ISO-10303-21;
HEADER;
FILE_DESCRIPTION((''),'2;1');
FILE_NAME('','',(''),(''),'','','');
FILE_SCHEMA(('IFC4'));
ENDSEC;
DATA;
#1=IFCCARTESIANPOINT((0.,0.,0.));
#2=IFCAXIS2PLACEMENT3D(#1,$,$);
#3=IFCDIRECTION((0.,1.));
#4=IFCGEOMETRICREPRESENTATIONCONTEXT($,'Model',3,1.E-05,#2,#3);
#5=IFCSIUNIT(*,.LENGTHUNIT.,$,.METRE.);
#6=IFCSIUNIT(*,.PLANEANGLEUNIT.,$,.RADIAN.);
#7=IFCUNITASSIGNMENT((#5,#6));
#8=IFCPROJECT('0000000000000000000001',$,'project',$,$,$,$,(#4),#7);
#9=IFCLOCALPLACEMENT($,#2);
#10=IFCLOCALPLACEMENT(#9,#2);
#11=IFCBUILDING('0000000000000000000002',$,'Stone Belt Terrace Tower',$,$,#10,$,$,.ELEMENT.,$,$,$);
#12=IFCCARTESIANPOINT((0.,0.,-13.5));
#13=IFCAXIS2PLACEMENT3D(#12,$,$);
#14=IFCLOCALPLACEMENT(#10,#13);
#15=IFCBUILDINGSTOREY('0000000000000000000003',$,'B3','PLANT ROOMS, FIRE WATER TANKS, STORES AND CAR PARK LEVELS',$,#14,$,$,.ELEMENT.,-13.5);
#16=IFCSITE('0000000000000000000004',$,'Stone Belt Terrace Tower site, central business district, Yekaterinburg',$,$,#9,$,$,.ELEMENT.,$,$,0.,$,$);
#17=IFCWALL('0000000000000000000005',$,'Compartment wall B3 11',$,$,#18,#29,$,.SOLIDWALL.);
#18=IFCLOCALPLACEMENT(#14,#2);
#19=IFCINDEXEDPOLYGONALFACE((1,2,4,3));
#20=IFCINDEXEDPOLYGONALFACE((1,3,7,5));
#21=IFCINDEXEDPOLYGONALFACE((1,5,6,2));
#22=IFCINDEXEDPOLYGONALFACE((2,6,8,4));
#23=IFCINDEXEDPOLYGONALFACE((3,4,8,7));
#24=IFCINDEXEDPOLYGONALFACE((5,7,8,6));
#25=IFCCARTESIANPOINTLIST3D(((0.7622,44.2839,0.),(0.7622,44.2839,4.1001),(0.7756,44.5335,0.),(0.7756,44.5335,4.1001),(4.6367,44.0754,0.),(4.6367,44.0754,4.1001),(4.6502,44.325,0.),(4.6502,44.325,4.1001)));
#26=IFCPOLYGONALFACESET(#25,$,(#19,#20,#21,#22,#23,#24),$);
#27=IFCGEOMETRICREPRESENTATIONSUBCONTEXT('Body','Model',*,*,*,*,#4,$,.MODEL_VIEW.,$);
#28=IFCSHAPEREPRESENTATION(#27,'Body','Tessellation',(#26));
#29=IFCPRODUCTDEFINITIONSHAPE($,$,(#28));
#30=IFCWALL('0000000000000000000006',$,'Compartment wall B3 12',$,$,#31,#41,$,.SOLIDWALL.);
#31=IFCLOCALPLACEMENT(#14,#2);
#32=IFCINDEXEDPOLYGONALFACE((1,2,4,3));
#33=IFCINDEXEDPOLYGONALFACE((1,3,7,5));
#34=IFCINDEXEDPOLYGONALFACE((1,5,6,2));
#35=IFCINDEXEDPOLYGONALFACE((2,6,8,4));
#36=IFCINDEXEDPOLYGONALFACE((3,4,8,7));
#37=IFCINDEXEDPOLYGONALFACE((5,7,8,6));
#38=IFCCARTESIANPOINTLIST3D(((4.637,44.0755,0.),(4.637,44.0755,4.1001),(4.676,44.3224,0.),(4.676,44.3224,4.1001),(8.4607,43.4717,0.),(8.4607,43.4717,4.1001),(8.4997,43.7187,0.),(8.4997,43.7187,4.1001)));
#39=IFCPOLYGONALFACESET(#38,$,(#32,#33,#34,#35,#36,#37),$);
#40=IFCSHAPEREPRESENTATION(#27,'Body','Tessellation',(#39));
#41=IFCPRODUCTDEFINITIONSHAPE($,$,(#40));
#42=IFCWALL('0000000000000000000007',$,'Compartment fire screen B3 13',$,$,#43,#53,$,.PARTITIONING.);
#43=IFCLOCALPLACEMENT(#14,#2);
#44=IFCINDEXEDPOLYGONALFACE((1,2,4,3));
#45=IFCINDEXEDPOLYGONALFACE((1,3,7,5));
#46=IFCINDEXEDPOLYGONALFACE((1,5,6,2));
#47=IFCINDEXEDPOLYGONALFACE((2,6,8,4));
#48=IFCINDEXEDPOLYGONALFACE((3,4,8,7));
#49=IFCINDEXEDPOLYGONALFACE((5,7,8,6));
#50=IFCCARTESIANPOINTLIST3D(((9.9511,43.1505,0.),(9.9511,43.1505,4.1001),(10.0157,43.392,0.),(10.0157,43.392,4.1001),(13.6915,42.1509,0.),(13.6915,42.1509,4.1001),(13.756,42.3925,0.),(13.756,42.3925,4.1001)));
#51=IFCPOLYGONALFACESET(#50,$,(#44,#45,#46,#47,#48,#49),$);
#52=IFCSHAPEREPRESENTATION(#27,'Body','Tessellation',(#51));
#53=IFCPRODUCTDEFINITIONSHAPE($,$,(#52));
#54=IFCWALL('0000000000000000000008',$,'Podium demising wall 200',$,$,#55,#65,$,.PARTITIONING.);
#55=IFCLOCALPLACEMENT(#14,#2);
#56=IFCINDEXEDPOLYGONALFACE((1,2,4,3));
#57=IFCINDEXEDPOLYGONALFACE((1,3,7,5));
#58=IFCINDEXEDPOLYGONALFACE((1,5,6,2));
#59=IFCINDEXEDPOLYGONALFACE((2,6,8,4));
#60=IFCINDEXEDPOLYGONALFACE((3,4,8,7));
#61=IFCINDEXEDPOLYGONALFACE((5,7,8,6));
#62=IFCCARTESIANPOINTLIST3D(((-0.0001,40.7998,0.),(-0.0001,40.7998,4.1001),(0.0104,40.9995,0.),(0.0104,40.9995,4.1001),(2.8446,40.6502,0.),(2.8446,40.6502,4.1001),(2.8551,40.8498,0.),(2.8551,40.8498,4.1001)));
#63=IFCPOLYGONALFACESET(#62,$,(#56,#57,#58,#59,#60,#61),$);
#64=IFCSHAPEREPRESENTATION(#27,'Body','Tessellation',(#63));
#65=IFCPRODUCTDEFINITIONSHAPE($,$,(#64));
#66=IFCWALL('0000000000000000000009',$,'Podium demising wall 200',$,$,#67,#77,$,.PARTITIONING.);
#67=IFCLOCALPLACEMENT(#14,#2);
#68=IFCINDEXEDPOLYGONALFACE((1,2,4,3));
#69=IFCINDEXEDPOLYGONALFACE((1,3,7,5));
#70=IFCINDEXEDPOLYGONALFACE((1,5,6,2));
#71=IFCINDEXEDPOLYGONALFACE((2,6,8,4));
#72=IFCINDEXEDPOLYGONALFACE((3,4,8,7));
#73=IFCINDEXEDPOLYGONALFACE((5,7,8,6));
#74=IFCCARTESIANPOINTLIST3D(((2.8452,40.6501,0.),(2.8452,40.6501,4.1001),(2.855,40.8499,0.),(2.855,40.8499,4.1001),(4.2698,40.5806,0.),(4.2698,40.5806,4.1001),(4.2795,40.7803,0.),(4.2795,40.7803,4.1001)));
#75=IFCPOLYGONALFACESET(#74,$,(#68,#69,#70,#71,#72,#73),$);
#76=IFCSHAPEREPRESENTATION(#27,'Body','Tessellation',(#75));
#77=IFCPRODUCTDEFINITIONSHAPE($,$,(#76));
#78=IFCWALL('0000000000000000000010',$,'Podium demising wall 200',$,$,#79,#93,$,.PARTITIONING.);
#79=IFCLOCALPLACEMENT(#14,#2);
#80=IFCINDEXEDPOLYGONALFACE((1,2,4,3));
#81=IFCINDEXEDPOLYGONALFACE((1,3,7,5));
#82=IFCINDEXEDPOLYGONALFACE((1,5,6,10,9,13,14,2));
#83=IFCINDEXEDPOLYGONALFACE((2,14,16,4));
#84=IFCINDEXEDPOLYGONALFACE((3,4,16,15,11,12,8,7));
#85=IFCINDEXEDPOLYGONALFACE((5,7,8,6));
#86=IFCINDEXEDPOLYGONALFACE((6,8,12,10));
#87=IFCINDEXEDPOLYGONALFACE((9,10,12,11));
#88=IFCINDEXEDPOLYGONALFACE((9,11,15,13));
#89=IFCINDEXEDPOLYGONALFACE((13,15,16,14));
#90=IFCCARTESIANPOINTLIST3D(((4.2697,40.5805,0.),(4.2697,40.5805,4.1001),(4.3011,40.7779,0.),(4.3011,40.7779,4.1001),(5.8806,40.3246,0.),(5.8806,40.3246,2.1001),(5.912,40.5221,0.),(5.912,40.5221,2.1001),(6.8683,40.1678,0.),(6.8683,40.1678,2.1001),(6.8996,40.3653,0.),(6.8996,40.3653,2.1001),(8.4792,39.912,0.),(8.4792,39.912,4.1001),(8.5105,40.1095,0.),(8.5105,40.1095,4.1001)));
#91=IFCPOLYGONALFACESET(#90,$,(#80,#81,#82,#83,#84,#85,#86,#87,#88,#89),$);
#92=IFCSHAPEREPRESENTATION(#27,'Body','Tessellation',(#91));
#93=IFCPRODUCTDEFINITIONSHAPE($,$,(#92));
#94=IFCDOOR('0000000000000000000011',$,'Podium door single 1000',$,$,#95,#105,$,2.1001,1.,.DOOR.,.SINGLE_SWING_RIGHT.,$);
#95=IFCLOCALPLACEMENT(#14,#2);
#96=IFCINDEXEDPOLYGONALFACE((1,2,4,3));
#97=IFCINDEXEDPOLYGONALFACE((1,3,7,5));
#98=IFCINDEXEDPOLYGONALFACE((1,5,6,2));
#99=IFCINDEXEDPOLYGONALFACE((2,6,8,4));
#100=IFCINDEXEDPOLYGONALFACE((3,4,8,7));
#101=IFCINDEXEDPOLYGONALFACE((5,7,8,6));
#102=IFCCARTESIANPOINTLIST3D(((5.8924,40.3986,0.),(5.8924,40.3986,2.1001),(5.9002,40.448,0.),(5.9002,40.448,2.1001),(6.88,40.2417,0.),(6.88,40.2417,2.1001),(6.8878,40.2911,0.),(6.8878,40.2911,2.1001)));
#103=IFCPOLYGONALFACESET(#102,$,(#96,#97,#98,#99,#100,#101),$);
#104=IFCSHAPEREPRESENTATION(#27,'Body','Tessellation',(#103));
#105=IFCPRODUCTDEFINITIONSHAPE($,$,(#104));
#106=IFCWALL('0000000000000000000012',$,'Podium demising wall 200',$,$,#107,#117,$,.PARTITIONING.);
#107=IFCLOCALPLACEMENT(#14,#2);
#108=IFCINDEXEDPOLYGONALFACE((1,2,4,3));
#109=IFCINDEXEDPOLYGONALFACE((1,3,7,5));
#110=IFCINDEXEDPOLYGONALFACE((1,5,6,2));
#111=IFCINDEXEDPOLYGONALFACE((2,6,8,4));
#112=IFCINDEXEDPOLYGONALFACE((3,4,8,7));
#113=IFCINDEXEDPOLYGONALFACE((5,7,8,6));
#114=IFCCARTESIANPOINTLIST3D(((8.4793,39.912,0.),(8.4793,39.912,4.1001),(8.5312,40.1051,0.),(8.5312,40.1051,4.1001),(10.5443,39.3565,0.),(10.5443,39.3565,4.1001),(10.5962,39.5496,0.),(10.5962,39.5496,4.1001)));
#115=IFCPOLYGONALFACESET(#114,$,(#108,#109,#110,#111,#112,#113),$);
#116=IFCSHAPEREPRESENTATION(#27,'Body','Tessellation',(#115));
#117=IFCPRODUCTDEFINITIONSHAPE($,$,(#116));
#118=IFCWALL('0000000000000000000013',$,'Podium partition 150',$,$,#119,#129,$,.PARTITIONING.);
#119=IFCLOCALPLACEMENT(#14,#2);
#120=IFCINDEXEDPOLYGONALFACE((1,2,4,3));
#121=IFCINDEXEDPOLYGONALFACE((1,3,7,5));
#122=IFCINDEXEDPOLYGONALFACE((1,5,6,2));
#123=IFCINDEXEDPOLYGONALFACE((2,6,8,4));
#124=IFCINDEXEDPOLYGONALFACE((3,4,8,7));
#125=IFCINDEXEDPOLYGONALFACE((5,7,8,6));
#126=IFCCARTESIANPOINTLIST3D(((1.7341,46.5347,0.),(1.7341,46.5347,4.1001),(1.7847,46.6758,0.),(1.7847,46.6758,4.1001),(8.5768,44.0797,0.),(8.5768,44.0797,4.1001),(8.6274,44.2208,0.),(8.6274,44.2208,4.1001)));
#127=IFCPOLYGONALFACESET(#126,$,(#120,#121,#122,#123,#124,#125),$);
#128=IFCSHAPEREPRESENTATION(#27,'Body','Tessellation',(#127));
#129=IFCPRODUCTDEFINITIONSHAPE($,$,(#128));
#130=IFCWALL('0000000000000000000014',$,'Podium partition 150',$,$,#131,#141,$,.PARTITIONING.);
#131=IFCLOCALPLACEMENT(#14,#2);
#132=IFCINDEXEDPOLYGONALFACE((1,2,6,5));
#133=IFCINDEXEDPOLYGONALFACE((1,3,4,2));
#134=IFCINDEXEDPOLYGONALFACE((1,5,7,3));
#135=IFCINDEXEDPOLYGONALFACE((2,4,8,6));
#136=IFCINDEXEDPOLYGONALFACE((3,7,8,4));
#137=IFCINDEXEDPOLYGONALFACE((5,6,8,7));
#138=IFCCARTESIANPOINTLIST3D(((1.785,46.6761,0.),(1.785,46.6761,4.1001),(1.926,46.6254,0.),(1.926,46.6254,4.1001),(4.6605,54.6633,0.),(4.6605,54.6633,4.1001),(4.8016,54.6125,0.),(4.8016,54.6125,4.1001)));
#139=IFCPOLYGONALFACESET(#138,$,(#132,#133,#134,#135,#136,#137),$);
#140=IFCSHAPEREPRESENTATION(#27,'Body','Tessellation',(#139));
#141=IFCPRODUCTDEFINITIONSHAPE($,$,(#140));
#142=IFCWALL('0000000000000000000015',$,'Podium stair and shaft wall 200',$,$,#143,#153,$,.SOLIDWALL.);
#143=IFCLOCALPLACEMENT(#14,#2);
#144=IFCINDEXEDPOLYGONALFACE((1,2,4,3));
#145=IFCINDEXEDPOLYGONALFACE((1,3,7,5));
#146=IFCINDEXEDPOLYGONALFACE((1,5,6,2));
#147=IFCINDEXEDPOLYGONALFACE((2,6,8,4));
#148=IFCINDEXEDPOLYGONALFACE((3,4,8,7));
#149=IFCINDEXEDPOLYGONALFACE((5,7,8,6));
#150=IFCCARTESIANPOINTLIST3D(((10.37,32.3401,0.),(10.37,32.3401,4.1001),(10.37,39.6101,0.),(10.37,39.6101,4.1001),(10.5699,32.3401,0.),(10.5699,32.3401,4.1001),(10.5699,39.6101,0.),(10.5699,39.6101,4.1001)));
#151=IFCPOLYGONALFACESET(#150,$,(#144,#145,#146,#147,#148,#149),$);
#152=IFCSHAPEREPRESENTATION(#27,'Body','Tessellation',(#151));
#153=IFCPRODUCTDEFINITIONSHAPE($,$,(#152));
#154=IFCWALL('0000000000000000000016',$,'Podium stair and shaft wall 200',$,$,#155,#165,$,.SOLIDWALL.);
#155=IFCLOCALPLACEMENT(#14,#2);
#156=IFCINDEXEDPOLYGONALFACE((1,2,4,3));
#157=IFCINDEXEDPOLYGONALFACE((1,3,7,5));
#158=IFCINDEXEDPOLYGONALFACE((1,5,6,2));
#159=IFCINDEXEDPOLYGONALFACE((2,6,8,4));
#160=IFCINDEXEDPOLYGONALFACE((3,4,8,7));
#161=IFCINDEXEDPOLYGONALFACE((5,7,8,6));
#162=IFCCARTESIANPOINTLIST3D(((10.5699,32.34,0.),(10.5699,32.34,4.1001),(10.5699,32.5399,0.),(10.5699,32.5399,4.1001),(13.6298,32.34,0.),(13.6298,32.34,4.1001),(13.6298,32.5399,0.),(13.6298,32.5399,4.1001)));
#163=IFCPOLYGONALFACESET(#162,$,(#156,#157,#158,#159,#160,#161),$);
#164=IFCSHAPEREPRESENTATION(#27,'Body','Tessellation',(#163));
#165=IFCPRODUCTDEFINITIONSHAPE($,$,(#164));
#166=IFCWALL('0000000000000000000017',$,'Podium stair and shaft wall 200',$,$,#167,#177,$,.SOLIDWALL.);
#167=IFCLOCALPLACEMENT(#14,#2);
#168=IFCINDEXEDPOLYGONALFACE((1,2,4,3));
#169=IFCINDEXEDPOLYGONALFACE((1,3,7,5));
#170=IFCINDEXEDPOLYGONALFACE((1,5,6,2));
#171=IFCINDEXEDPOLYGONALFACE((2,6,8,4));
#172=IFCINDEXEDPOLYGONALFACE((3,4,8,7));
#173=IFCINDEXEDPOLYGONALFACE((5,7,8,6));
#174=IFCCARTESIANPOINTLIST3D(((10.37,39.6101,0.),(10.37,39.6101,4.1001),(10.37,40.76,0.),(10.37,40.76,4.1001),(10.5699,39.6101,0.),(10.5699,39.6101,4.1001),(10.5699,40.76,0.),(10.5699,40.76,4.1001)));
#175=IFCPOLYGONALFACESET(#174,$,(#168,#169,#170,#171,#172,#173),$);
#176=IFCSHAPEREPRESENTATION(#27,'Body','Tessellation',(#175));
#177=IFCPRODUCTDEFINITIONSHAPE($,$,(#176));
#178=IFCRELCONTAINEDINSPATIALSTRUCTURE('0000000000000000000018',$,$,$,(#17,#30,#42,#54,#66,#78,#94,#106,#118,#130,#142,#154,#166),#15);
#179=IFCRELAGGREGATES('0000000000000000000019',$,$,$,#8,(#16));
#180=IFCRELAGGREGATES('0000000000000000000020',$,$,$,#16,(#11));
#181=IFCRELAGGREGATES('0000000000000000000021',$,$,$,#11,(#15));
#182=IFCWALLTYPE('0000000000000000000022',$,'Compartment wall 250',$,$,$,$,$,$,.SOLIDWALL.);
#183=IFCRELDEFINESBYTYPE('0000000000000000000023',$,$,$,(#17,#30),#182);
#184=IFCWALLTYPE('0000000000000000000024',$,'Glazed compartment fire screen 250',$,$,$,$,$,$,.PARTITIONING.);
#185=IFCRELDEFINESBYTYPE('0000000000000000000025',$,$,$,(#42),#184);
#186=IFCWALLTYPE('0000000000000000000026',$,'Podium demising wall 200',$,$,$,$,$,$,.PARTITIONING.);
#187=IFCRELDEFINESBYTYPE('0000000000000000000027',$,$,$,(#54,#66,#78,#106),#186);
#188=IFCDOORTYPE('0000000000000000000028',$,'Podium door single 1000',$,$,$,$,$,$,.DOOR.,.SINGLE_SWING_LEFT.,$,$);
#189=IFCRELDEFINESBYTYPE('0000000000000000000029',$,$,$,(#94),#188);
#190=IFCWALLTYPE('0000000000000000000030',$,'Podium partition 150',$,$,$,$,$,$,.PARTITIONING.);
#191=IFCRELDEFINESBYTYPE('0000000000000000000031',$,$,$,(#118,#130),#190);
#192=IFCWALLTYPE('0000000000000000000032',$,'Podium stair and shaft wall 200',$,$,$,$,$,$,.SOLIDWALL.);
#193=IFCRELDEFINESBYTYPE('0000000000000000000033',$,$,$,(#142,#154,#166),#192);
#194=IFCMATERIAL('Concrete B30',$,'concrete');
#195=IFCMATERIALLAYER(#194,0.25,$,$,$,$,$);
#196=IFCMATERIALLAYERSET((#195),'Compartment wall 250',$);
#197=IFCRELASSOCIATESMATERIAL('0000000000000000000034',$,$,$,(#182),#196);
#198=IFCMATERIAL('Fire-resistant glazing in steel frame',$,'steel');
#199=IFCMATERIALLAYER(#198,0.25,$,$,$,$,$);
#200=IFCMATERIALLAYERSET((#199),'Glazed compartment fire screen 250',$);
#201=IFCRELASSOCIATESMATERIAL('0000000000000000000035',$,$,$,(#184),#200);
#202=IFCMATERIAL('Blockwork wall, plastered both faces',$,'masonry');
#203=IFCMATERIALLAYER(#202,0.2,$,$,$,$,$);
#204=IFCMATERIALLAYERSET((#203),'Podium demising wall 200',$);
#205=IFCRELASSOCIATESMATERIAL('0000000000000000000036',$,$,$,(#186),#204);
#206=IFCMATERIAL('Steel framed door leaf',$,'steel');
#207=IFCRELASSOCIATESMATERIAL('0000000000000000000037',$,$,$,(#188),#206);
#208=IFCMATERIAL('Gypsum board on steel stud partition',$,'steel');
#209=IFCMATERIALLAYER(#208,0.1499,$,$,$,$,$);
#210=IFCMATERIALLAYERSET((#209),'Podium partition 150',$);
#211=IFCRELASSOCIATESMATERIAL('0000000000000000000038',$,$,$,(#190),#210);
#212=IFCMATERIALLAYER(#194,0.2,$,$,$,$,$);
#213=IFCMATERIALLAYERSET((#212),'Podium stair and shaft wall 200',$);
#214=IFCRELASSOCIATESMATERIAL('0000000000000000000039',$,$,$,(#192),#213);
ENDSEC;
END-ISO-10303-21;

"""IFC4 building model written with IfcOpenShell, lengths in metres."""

from ifc_helpers import new_model, si_unit, direction, frame, frame_2d, origin, place, context, subcontext, project, spatial, rectangle, extrude, material, layer, layer_set, type_object, element, fill, save


model = new_model("IFC4")

# Units and contexts
model_context = context("Model", 3, precision=1e-05, world=origin(), true_north=direction((0.0, 1.0)))
body_context = subcontext(model_context, "Body", "Model", "MODEL_VIEW")
ifc_project = project(units=[si_unit("LENGTHUNIT", "METRE"), si_unit("PLANEANGLEUNIT", "RADIAN")], contexts=[model_context])

# Site, building, storey
site_placement = place(None, origin())
site = spatial("IfcSite", under=ifc_project, at=site_placement, Name="Stone Belt Terrace Tower site, central business district, Yekaterinburg", CompositionType="ELEMENT", RefElevation=0.0)
building_placement = place(site_placement, origin())
building = spatial("IfcBuilding", under=site, at=building_placement, Name="Stone Belt Terrace Tower", CompositionType="ELEMENT")
storey_placement = place(building_placement, frame((0.0, 0.0, -13.5)))
storey = spatial("IfcBuildingStorey", under=building, at=storey_placement, Name="B3", Description="PLANT ROOMS, FIRE WATER TANKS, STORES AND CAR PARK LEVELS", CompositionType="ELEMENT", Elevation=-13.5)

# Walls
ifc_material_1 = material(Name="Concrete B30", Category="concrete")
ifc_layer_1 = layer(ifc_material_1, 0.25)
ifc_layer_set_1 = layer_set([ifc_layer_1], Name="Compartment wall 250")
wall_type_1 = type_object("IfcWallType", Name="Compartment wall 250", PredefinedType="SOLIDWALL", material=ifc_layer_set_1)
wall_1_placement = place(storey_placement, frame((0.769, 44.4087, 0.0), z_axis=(0.0, 0.0, 1.0), x_axis=(0.998555, -0.053734, 0.0)))
element("IfcWall", 1, at=wall_1_placement, inside=storey, type_object=wall_type_1, Name="Compartment wall B3 11", PredefinedType="SOLIDWALL", context=body_context, shape_type="SweptSolid", body=[
    extrude(rectangle(XDim=3.8801, YDim=0.25, at=frame_2d((1.9399, 0.0))), origin(), (0.0, 0.0, 1.0), 4.1001),
])
wall_2_placement = place(storey_placement, frame((4.6565, 44.199, 0.0), z_axis=(0.0, 0.0, 1.0), x_axis=(0.987762, -0.155966, 0.0)))
element("IfcWall", 2, at=wall_2_placement, inside=storey, type_object=wall_type_1, Name="Compartment wall B3 12", PredefinedType="SOLIDWALL", context=body_context, shape_type="SweptSolid", body=[
    extrude(rectangle(XDim=3.8711, YDim=0.25, at=frame_2d((1.9355, 0.0))), origin(), (0.0, 0.0, 1.0), 4.1001),
])
ifc_material_2 = material(Name="Fire-resistant glazing in steel frame", Category="steel")
ifc_layer_2 = layer(ifc_material_2, 0.25)
ifc_layer_set_2 = layer_set([ifc_layer_2], Name="Glazed compartment fire screen 250")
wall_type_2 = type_object("IfcWallType", Name="Glazed compartment fire screen 250", PredefinedType="PARTITIONING", material=ifc_layer_set_2)
wall_3_placement = place(storey_placement, frame((9.9834, 43.2712, 0.0), z_axis=(0.0, 0.0, 1.0), x_axis=(0.966099, -0.258173, 0.0)))
element("IfcWall", 3, at=wall_3_placement, inside=storey, type_object=wall_type_2, Name="Compartment fire screen B3 13", PredefinedType="PARTITIONING", context=body_context, shape_type="SweptSolid", body=[
    extrude(rectangle(XDim=3.8716, YDim=0.25, at=frame_2d((1.9358, 0.0))), origin(), (0.0, 0.0, 1.0), 4.1001),
])
ifc_material_3 = material(Name="Blockwork wall, plastered both faces", Category="masonry")
ifc_layer_3 = layer(ifc_material_3, 0.2)
ifc_layer_set_3 = layer_set([ifc_layer_3], Name="Podium demising wall 200")
wall_type_3 = type_object("IfcWallType", Name="Podium demising wall 200", PredefinedType="PARTITIONING", material=ifc_layer_set_3)
wall_4_placement = place(storey_placement, frame((0.0051, 40.8997, 0.0), z_axis=(0.0, 0.0, 1.0), x_axis=(0.998619, -0.052536, 0.0)))
element("IfcWall", 4, at=wall_4_placement, inside=storey, type_object=wall_type_3, Name="Podium demising wall 200", PredefinedType="PARTITIONING", context=body_context, shape_type="SweptSolid", body=[
    extrude(rectangle(XDim=2.8486, YDim=0.2, at=frame_2d((1.4243, 0.0))), origin(), (0.0, 0.0, 1.0), 4.1001),
])
wall_5_placement = place(storey_placement, frame((2.8501, 40.75, 0.0), z_axis=(0.0, 0.0, 1.0), x_axis=(0.998809, -0.048785, 0.0)))
element("IfcWall", 5, at=wall_5_placement, inside=storey, type_object=wall_type_3, Name="Podium demising wall 200", PredefinedType="PARTITIONING", context=body_context, shape_type="SweptSolid", body=[
    extrude(rectangle(XDim=1.4263, YDim=0.2, at=frame_2d((0.7131, 0.0))), origin(), (0.0, 0.0, 1.0), 4.1001),
])

# Wall, opening, door
wall_6_placement = place(storey_placement, frame((4.2854, 40.6792, 0.0), z_axis=(0.0, 0.0, 1.0), x_axis=(0.987625, -0.156833, 0.0)))
wall_6 = element("IfcWall", 6, at=wall_6_placement, inside=storey, type_object=wall_type_3, Name="Podium demising wall 200", PredefinedType="PARTITIONING", context=body_context, shape_type="SweptSolid", body=[
    extrude(rectangle(XDim=4.2622, YDim=0.2, at=frame_2d((2.1311, 0.0))), origin(), (0.0, 0.0, 1.0), 4.1001),
])
opening_placement = place(wall_6_placement, frame((1.6311, 0.0, 0.0)))
opening = element("IfcOpeningElement", 7, at=opening_placement, cuts=wall_6, PredefinedType="OPENING", context=body_context, shape_type="SweptSolid", body=[
    extrude(rectangle(XDim=1.0, YDim=2.1001, at=frame_2d((0.5, 1.05))), frame((0.0, 0.1099, 0.0), z_axis=(0.0, -1.0, 0.0), x_axis=(1.0, 0.0, 0.0)), (0.0, 0.0, 1.0), 0.22),
])
ifc_material_4 = material(Name="Steel framed door leaf", Category="steel")
door_type = type_object("IfcDoorType", Name="Podium door single 1000", OperationType="SINGLE_SWING_LEFT", PredefinedType="DOOR", material=ifc_material_4)
door_placement = place(opening_placement, origin())
door = element("IfcDoor", 8, at=door_placement, inside=storey, type_object=door_type, Name="Podium door single 1000", OperationType="SINGLE_SWING_RIGHT", OverallHeight=2.1001, OverallWidth=1.0, PredefinedType="DOOR", context=body_context, shape_type="SweptSolid", body=[
    extrude(rectangle(XDim=1.0, YDim=2.1001, at=frame_2d((0.5, 1.05))), frame((0.0, 0.0249, 0.0), z_axis=(0.0, -1.0, 0.0), x_axis=(1.0, 0.0, 0.0)), (0.0, 0.0, 1.0), 0.05),
])
fill(opening, door)

# Walls
wall_7_placement = place(storey_placement, frame((8.5051, 40.0085, 0.0), z_axis=(0.0, 0.0, 1.0), x_axis=(0.965677, -0.259744, 0.0)))
element("IfcWall", 9, at=wall_7_placement, inside=storey, type_object=wall_type_3, Name="Podium demising wall 200", PredefinedType="PARTITIONING", context=body_context, shape_type="SweptSolid", body=[
    extrude(rectangle(XDim=2.1384, YDim=0.2, at=frame_2d((1.0693, 0.0))), origin(), (0.0, 0.0, 1.0), 4.1001),
])
ifc_material_5 = material(Name="Gypsum board on steel stud partition", Category="steel")
ifc_layer_4 = layer(ifc_material_5, 0.1499)
ifc_layer_set_4 = layer_set([ifc_layer_4], Name="Podium partition 150")
wall_type_4 = type_object("IfcWallType", Name="Podium partition 150", PredefinedType="PARTITIONING", material=ifc_layer_set_4)
wall_8_placement = place(storey_placement, frame((1.7595, 46.6052, 0.0), z_axis=(0.0, 0.0, 1.0), x_axis=(0.941252, -0.337706, 0.0)))
element("IfcWall", 10, at=wall_8_placement, inside=storey, type_object=wall_type_4, Name="Podium partition 150", PredefinedType="PARTITIONING", context=body_context, shape_type="SweptSolid", body=[
    extrude(rectangle(XDim=7.2698, YDim=0.1499, at=frame_2d((3.6348, 0.0))), origin(), (0.0, 0.0, 1.0), 4.1001),
])
wall_9_placement = place(storey_placement, frame((1.8555, 46.6506, 0.0), z_axis=(0.0, 0.0, 1.0), x_axis=(0.338735, 0.940882, 0.0)))
element("IfcWall", 11, at=wall_9_placement, inside=storey, type_object=wall_type_4, Name="Podium partition 150", PredefinedType="PARTITIONING", context=body_context, shape_type="SweptSolid", body=[
    extrude(rectangle(XDim=8.489, YDim=0.1499, at=frame_2d((4.2446, 0.0))), origin(), (0.0, 0.0, 1.0), 4.1001),
])
ifc_layer_5 = layer(ifc_material_1, 0.2)
ifc_layer_set_5 = layer_set([ifc_layer_5], Name="Podium stair and shaft wall 200")
wall_type_5 = type_object("IfcWallType", Name="Podium stair and shaft wall 200", PredefinedType="SOLIDWALL", material=ifc_layer_set_5)
wall_10_placement = place(storey_placement, frame((10.47, 32.3401, 0.0), z_axis=(0.0, 0.0, 1.0), x_axis=(0.0, 1.0, 0.0)))
element("IfcWall", 12, at=wall_10_placement, inside=storey, type_object=wall_type_5, Name="Podium stair and shaft wall 200", PredefinedType="SOLIDWALL", context=body_context, shape_type="SweptSolid", body=[
    extrude(rectangle(XDim=7.27, YDim=0.2, at=frame_2d((3.635, 0.0))), origin(), (0.0, 0.0, 1.0), 4.1001),
])
wall_11_placement = place(storey_placement, frame((10.5701, 32.4399, 0.0), z_axis=(0.0, 0.0, 1.0), x_axis=(1.0, 0.0, 0.0)))
element("IfcWall", 13, at=wall_11_placement, inside=storey, type_object=wall_type_5, Name="Podium stair and shaft wall 200", PredefinedType="SOLIDWALL", context=body_context, shape_type="SweptSolid", body=[
    extrude(rectangle(XDim=3.0598, YDim=0.2, at=frame_2d((1.5298, 0.0))), origin(), (0.0, 0.0, 1.0), 4.1001),
])
wall_12_placement = place(storey_placement, frame((10.47, 39.6101, 0.0), z_axis=(0.0, 0.0, 1.0), x_axis=(0.0, 1.0, 0.0)))
element("IfcWall", 14, at=wall_12_placement, inside=storey, type_object=wall_type_5, Name="Podium stair and shaft wall 200", PredefinedType="SOLIDWALL", context=body_context, shape_type="SweptSolid", body=[
    extrude(rectangle(XDim=1.1499, YDim=0.2, at=frame_2d((0.575, 0.0))), origin(), (0.0, 0.0, 1.0), 4.1001),
])

save(model, "model.ifc")
